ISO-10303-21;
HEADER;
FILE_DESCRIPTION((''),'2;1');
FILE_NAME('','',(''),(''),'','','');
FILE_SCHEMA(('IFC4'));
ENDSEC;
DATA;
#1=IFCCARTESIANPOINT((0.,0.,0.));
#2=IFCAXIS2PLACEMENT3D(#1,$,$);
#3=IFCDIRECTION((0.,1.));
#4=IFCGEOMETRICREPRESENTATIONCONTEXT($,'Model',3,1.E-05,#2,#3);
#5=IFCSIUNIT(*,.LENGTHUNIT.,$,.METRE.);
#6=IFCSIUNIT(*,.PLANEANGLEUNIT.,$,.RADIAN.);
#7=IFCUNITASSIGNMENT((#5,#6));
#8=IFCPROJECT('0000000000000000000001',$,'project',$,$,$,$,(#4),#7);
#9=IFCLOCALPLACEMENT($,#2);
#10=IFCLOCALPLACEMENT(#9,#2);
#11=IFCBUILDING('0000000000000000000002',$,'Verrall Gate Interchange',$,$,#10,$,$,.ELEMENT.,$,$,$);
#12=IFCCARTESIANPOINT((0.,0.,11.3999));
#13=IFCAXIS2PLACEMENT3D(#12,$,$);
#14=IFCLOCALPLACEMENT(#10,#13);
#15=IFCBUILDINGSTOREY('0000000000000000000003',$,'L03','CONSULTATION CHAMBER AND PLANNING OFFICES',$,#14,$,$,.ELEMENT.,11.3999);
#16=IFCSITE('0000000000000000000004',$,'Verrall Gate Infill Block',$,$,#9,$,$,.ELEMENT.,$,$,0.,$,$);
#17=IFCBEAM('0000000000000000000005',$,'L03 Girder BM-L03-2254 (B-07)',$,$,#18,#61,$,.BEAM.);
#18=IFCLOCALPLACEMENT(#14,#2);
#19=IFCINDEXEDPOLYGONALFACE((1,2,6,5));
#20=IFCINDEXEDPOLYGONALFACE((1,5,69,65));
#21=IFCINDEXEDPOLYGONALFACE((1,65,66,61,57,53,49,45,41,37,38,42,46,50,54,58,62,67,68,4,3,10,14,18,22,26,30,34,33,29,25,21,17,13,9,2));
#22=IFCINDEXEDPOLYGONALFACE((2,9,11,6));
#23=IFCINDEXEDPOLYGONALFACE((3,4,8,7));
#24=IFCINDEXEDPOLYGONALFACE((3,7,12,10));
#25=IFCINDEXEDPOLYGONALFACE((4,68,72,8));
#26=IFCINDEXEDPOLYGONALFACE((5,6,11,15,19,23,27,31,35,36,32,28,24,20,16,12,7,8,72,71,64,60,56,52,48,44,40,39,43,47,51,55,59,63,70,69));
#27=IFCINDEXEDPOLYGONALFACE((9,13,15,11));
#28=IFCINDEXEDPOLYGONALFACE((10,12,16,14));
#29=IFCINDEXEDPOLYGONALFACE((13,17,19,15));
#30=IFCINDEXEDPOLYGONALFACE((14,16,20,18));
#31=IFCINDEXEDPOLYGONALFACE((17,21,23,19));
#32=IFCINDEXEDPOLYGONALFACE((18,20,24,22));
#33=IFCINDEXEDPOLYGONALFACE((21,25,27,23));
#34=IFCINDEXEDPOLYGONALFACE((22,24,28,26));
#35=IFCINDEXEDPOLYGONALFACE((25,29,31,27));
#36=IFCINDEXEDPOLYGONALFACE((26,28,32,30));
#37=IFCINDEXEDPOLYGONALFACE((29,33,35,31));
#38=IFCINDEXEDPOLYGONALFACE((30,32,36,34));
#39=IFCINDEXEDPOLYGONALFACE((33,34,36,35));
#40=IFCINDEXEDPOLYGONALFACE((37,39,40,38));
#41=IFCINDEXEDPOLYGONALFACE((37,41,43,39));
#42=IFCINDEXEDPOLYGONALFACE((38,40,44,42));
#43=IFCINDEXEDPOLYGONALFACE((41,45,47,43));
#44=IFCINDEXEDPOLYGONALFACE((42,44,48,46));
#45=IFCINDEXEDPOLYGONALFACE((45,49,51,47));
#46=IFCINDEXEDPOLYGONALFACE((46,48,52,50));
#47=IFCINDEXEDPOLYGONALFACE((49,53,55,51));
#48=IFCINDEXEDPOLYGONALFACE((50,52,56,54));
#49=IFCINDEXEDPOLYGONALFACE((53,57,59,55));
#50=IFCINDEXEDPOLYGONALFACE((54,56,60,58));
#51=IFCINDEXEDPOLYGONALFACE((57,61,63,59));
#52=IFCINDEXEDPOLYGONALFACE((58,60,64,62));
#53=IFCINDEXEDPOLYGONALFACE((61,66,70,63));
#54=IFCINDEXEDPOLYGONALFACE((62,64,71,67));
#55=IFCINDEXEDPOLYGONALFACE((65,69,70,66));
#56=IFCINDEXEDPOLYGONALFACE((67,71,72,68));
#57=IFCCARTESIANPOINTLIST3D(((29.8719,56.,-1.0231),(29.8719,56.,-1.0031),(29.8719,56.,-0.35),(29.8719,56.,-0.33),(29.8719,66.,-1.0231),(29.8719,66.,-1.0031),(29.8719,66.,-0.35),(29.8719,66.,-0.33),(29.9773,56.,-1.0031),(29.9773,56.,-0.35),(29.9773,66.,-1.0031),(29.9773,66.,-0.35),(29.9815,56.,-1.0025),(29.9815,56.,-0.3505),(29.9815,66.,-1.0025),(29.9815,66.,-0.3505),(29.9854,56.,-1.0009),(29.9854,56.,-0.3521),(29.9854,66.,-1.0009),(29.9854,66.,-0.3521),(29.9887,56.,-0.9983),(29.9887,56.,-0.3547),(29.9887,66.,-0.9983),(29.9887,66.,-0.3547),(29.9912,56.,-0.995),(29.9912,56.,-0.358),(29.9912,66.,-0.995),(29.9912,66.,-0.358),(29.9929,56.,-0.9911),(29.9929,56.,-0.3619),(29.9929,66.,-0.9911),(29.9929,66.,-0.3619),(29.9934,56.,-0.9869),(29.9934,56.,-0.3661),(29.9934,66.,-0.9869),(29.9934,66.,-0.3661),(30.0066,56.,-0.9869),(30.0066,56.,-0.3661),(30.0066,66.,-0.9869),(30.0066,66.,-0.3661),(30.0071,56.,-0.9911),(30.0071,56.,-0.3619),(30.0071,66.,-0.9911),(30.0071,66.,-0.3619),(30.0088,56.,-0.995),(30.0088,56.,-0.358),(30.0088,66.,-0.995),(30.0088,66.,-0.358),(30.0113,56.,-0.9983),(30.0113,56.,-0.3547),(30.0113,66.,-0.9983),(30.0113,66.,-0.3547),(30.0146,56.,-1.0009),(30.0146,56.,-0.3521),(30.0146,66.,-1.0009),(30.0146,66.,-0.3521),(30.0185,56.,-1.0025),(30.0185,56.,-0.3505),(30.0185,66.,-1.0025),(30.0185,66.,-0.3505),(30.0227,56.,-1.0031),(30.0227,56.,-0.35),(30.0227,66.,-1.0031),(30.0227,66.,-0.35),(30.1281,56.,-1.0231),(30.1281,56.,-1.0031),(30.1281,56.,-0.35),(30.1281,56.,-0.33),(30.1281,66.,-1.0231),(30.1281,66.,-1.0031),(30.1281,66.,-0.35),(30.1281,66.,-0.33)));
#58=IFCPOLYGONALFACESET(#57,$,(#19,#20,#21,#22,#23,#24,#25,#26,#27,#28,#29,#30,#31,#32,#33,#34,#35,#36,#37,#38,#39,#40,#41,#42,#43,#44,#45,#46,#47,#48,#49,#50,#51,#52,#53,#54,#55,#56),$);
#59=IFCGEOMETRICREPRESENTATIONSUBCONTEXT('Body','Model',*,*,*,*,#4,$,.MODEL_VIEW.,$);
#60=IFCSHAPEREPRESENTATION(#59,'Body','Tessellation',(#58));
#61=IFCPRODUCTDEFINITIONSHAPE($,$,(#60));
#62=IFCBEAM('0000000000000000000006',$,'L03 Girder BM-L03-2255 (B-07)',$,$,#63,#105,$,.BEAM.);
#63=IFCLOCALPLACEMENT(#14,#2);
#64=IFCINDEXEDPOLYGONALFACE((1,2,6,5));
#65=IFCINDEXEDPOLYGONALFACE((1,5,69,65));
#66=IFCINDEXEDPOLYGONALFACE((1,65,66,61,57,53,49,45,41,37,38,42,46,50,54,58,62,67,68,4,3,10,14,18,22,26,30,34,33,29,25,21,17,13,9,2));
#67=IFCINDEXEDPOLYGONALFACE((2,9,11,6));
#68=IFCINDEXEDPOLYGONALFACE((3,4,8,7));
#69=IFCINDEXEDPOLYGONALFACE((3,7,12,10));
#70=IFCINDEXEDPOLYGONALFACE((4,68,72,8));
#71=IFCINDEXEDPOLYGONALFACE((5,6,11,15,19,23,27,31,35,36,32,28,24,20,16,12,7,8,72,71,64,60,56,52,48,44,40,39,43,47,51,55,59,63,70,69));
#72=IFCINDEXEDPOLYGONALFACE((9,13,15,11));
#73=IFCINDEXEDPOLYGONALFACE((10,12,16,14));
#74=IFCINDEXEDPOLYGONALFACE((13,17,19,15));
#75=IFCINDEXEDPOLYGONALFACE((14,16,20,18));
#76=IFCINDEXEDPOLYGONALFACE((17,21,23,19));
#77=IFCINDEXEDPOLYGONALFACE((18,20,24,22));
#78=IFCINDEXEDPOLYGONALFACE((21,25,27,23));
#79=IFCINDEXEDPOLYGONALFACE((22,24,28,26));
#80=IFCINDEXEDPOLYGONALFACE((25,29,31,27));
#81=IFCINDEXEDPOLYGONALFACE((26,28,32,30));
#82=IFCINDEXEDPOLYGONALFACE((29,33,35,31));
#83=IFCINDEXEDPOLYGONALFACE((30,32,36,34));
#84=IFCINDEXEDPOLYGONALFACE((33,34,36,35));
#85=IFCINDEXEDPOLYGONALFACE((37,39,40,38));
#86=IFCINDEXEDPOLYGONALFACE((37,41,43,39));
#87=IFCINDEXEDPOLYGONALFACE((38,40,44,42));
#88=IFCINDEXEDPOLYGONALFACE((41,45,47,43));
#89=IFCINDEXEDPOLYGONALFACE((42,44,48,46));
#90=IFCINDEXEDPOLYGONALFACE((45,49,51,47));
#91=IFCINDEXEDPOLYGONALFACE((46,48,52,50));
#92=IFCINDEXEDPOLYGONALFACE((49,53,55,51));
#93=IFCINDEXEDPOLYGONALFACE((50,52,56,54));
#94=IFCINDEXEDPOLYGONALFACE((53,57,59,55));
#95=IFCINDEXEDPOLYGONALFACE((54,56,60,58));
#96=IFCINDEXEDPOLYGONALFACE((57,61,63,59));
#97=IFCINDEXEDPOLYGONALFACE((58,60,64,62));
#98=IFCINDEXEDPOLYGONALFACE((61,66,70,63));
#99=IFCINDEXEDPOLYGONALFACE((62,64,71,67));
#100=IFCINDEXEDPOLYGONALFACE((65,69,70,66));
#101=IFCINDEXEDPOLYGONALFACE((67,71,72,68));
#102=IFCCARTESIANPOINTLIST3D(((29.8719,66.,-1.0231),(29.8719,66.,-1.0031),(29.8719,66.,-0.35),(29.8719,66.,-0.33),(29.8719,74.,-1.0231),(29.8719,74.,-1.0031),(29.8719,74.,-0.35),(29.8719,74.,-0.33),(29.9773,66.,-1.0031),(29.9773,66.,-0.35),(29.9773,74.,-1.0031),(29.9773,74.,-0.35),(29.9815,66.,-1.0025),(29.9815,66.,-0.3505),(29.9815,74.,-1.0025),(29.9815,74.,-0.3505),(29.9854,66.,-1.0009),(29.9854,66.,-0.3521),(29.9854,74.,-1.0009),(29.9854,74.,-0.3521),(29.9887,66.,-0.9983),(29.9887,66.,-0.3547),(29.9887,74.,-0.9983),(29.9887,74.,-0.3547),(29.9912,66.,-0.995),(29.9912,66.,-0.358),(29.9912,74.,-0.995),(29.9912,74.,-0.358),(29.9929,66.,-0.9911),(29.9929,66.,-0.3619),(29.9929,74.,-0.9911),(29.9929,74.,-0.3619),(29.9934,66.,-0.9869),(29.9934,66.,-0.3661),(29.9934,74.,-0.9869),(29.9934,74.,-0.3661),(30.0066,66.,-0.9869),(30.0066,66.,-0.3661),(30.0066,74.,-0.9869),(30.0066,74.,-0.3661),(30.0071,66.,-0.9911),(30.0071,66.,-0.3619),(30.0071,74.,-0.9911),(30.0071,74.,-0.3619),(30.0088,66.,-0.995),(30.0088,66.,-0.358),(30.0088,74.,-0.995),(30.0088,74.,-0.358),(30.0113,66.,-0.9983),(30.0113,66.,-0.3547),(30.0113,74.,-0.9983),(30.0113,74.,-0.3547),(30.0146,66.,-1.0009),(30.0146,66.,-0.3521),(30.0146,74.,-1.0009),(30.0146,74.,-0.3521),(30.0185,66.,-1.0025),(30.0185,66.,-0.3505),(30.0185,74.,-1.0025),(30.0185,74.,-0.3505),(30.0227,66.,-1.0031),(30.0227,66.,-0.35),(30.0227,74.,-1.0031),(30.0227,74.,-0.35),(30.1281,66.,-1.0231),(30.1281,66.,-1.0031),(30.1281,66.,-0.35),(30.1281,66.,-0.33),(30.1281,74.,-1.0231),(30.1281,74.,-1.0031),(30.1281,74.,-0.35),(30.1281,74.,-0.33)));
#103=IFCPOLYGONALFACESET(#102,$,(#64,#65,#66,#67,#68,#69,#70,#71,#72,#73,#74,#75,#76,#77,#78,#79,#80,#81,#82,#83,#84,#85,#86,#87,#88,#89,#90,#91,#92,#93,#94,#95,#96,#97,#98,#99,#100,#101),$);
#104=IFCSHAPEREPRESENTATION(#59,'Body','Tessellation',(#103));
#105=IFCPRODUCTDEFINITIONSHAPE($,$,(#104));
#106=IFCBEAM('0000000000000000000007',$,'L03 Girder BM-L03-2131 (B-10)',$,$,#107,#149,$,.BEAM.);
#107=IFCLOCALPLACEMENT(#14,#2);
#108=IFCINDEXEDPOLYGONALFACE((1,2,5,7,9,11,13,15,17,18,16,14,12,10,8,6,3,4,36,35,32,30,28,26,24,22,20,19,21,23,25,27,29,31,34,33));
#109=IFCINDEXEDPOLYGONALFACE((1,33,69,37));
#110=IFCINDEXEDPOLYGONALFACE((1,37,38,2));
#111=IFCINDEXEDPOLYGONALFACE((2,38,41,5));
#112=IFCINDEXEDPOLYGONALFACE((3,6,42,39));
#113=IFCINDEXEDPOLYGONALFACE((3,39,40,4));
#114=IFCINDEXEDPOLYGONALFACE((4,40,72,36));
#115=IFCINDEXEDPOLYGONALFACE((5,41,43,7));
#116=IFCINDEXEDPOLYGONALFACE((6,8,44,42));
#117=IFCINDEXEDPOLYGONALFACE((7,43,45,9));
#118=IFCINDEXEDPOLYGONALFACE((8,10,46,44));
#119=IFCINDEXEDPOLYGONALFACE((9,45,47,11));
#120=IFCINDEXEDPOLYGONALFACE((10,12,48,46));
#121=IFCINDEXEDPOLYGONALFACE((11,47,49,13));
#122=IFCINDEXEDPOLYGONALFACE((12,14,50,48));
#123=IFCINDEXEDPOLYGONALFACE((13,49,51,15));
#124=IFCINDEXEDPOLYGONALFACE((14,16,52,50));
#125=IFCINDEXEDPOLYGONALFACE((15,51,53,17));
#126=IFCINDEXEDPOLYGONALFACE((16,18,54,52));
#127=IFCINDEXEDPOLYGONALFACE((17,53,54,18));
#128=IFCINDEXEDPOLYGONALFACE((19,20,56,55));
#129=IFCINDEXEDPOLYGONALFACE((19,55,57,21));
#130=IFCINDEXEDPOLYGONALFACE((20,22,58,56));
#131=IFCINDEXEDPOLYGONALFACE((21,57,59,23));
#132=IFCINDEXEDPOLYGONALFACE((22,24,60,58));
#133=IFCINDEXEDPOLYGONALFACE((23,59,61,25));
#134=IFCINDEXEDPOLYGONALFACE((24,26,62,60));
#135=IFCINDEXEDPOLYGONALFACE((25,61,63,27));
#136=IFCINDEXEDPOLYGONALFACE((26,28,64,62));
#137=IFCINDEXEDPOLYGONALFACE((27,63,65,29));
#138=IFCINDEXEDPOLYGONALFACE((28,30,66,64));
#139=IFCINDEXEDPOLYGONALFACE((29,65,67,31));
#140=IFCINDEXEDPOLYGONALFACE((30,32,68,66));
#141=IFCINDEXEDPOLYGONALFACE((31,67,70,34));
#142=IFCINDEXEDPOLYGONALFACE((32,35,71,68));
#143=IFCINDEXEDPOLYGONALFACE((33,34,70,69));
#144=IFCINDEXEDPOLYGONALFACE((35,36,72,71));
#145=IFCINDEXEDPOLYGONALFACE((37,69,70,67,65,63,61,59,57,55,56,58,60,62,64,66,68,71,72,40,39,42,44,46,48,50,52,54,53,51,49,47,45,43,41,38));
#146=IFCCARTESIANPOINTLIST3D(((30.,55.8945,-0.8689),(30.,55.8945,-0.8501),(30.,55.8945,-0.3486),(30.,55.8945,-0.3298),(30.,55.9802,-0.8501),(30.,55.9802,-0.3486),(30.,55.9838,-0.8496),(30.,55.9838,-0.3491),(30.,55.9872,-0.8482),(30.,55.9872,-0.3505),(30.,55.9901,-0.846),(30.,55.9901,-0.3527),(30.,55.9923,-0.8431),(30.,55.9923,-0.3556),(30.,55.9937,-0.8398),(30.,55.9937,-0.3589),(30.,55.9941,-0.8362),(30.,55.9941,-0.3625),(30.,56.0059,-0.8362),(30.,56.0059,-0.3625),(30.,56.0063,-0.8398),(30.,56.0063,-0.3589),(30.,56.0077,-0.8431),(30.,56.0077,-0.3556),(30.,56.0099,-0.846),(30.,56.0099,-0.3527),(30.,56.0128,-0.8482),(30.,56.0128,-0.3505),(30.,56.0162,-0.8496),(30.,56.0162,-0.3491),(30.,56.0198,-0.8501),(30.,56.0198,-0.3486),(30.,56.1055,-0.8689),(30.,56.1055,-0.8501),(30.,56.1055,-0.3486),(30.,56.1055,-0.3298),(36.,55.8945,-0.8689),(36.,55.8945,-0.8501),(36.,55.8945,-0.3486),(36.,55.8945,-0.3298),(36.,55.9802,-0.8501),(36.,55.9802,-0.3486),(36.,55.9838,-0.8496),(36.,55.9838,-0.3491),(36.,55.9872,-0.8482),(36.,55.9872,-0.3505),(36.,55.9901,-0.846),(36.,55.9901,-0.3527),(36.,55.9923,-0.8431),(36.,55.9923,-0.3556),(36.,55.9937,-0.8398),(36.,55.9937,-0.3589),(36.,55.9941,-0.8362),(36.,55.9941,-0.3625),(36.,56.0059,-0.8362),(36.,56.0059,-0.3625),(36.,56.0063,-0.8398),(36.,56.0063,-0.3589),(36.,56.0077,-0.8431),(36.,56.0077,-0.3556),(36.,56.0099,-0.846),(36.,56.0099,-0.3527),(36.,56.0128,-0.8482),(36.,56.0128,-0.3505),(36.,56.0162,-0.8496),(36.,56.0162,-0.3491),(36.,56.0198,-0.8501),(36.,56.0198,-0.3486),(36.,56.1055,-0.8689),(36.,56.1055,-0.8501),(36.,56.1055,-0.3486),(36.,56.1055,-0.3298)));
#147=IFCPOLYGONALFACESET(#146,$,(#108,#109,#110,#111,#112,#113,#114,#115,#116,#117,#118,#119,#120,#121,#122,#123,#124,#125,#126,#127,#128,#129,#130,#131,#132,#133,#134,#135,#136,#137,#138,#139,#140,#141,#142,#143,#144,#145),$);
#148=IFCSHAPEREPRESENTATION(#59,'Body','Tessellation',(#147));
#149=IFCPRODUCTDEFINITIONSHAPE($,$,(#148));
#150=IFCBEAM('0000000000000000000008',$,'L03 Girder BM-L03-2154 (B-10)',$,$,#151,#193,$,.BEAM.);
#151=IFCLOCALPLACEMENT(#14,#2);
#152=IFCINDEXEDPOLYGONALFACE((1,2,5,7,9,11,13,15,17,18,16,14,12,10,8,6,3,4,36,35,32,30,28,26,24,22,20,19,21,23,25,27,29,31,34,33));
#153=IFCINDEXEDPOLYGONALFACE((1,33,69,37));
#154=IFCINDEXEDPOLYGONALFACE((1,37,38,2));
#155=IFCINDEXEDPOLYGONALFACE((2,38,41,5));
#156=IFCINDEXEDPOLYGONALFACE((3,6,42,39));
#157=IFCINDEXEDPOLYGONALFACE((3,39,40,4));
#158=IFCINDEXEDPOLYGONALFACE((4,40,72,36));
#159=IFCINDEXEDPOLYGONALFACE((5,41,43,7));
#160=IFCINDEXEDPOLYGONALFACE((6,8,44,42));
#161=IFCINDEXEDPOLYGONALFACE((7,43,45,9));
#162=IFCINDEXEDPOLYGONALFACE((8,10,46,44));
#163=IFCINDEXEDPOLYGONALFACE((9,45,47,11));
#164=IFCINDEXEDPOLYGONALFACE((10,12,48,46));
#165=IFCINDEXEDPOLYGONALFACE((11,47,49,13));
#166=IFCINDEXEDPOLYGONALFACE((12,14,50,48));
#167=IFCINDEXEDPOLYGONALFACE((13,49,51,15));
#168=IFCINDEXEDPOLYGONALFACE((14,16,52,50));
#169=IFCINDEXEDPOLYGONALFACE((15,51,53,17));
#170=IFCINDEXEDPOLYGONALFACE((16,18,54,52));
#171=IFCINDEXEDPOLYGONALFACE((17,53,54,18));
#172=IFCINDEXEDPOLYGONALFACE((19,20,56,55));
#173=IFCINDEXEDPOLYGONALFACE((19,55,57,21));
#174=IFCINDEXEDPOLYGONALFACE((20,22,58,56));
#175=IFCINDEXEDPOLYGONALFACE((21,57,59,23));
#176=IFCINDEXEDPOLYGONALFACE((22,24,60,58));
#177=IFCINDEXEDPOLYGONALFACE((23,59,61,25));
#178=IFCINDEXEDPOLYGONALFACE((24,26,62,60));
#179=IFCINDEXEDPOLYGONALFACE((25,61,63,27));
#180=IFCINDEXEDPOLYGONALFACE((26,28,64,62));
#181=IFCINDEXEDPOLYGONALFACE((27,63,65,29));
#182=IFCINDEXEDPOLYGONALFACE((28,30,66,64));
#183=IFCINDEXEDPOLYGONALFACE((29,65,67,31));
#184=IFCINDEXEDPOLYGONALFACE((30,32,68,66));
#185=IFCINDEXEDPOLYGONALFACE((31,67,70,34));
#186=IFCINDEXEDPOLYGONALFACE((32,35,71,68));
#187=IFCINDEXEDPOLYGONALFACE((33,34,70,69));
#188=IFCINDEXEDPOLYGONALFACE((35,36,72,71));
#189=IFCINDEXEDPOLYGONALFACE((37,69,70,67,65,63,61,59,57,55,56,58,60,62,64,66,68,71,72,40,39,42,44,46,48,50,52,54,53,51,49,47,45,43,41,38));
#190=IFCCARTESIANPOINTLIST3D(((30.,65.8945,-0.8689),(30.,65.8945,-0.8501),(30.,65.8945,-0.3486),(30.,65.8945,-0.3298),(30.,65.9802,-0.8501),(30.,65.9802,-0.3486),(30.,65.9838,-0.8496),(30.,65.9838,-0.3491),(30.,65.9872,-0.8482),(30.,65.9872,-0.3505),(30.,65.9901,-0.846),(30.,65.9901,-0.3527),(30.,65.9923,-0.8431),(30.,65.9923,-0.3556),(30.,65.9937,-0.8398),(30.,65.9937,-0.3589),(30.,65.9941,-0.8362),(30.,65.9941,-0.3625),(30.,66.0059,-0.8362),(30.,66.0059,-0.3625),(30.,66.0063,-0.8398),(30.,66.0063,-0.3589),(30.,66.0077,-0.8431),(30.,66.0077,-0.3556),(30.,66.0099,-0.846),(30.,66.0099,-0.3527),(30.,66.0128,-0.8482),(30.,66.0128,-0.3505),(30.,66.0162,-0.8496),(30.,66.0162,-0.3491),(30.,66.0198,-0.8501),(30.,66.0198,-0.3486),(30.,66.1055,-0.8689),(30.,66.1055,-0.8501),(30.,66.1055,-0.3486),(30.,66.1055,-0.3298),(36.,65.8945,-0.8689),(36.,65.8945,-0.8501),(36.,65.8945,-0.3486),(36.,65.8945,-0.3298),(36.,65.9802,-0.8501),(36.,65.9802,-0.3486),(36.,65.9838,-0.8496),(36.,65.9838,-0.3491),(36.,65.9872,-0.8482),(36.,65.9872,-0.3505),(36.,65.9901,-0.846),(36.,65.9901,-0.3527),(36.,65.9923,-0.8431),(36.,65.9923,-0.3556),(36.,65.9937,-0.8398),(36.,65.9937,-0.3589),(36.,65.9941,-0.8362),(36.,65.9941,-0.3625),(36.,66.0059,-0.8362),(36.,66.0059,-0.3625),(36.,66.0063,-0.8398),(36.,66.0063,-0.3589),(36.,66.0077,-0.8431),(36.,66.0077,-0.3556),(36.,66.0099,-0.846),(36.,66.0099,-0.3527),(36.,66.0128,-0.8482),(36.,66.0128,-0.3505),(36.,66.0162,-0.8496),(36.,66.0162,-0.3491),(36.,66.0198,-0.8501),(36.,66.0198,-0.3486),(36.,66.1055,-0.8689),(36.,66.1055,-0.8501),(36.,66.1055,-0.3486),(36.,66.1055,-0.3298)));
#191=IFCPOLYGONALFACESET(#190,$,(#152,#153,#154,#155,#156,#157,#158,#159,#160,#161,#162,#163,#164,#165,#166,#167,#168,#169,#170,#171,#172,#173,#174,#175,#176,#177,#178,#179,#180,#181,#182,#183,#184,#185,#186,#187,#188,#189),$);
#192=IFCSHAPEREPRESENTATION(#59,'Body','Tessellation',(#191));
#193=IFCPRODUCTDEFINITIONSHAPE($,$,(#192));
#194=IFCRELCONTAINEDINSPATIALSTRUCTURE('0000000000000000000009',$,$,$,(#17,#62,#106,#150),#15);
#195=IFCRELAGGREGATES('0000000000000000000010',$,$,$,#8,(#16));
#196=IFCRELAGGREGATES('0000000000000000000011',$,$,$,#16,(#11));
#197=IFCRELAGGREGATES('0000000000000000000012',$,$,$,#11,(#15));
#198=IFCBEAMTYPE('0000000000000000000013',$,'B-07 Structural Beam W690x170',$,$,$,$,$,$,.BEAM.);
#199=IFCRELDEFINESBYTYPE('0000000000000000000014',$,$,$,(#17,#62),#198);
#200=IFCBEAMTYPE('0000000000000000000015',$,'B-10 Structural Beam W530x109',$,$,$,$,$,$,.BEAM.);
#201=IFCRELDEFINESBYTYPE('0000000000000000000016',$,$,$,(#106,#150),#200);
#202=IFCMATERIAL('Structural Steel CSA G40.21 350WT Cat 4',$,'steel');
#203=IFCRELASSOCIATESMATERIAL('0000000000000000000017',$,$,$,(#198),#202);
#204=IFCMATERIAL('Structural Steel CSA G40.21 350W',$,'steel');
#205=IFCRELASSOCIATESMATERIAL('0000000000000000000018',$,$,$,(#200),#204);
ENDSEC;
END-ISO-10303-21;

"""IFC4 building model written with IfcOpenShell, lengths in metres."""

from ifc_helpers import new_model, si_unit, direction, frame, origin, origin_2d, place, context, subcontext, project, spatial, i_section, extrude, material, material_profile, profile_set, type_object, element, save


model = new_model("IFC4")

# Units and contexts
model_context = context("Model", 3, precision=1e-05, world=origin(), true_north=direction((0.0, 1.0)))
body_context = subcontext(model_context, "Body", "Model", "MODEL_VIEW")
ifc_project = project(units=[si_unit("LENGTHUNIT", "METRE"), si_unit("PLANEANGLEUNIT", "RADIAN")], contexts=[model_context])

# Site, building, storey
site_placement = place(None, origin())
site = spatial("IfcSite", under=ifc_project, at=site_placement, Name="Verrall Gate Infill Block", CompositionType="ELEMENT", RefElevation=0.0)
building_placement = place(site_placement, origin())
building = spatial("IfcBuilding", under=site, at=building_placement, Name="Verrall Gate Interchange", CompositionType="ELEMENT")
storey_placement = place(building_placement, frame((0.0, 0.0, 11.3999)))
storey = spatial("IfcBuildingStorey", under=building, at=storey_placement, Name="L03", Description="CONSULTATION CHAMBER AND PLANNING OFFICES", CompositionType="ELEMENT", Elevation=11.3999)

# Beams
ifc_material_1 = material(Name="Structural Steel CSA G40.21 350WT Cat 4", Category="steel")
ifc_material_profile_1 = material_profile(ifc_material_1, i_section(OverallWidth=0.2561, OverallDepth=0.6931, WebThickness=0.0132, FlangeThickness=0.02, FilletRadius=0.0161, at=origin_2d()), Name="W690x170")
ifc_profile_set_1 = profile_set([ifc_material_profile_1], Name="Structural Steel CSA G40.21 350WT Cat 4")
beam_type_1 = type_object("IfcBeamType", Name="B-07 Structural Beam W690x170", PredefinedType="BEAM", material=ifc_profile_set_1)
beam_1_placement = place(storey_placement, frame((30.0, 56.0, -0.6765), z_axis=(0.0, 1.0, 0.0), x_axis=(-1.0, 0.0, 0.0)))
element("IfcBeam", 1, at=beam_1_placement, inside=storey, type_object=beam_type_1, Name="L03 Girder BM-L03-2254 (B-07)", PredefinedType="BEAM", context=body_context, shape_type="SweptSolid", body=[
    extrude(i_section(OverallWidth=0.2561, OverallDepth=0.6931, WebThickness=0.0132, FlangeThickness=0.02, FilletRadius=0.0161, at=origin_2d()), origin(), (0.0, 0.0, 1.0), 10.0),
])
beam_2_placement = place(storey_placement, frame((30.0, 66.0, -0.6765), z_axis=(0.0, 1.0, 0.0), x_axis=(-1.0, 0.0, 0.0)))
element("IfcBeam", 2, at=beam_2_placement, inside=storey, type_object=beam_type_1, Name="L03 Girder BM-L03-2255 (B-07)", PredefinedType="BEAM", context=body_context, shape_type="SweptSolid", body=[
    extrude(i_section(OverallWidth=0.2561, OverallDepth=0.6931, WebThickness=0.0132, FlangeThickness=0.02, FilletRadius=0.0161, at=origin_2d()), origin(), (0.0, 0.0, 1.0), 8.0),
])
ifc_material_2 = material(Name="Structural Steel CSA G40.21 350W", Category="steel")
ifc_material_profile_2 = material_profile(ifc_material_2, i_section(OverallWidth=0.2109, OverallDepth=0.5391, WebThickness=0.0117, FlangeThickness=0.0188, FilletRadius=0.0139, at=origin_2d()), Name="W530x109")
ifc_profile_set_2 = profile_set([ifc_material_profile_2], Name="Structural Steel CSA G40.21 350W")
beam_type_2 = type_object("IfcBeamType", Name="B-10 Structural Beam W530x109", PredefinedType="BEAM", material=ifc_profile_set_2)
for number, where, z_axis, x_axis, name in (
    (3, (30.0, 56.0, -0.5994), (1.0, 0.0, 0.0), (0.0, 1.0, 0.0), "L03 Girder BM-L03-2131 (B-10)"),
    (4, (30.0, 66.0, -0.5994), (1.0, 0.0, 0.0), (0.0, 1.0, 0.0), "L03 Girder BM-L03-2154 (B-10)"),
):
    element("IfcBeam", number, at=place(storey_placement, frame(where, z_axis=z_axis, x_axis=x_axis)), inside=storey, type_object=beam_type_2, Name=name, PredefinedType="BEAM", context=body_context, shape_type="SweptSolid", body=[
        extrude(i_section(OverallWidth=0.2109, OverallDepth=0.5391, WebThickness=0.0117, FlangeThickness=0.0188, FilletRadius=0.0139, at=origin_2d()), origin(), (0.0, 0.0, 1.0), 6.0),
    ])

save(model, "model.ifc")
